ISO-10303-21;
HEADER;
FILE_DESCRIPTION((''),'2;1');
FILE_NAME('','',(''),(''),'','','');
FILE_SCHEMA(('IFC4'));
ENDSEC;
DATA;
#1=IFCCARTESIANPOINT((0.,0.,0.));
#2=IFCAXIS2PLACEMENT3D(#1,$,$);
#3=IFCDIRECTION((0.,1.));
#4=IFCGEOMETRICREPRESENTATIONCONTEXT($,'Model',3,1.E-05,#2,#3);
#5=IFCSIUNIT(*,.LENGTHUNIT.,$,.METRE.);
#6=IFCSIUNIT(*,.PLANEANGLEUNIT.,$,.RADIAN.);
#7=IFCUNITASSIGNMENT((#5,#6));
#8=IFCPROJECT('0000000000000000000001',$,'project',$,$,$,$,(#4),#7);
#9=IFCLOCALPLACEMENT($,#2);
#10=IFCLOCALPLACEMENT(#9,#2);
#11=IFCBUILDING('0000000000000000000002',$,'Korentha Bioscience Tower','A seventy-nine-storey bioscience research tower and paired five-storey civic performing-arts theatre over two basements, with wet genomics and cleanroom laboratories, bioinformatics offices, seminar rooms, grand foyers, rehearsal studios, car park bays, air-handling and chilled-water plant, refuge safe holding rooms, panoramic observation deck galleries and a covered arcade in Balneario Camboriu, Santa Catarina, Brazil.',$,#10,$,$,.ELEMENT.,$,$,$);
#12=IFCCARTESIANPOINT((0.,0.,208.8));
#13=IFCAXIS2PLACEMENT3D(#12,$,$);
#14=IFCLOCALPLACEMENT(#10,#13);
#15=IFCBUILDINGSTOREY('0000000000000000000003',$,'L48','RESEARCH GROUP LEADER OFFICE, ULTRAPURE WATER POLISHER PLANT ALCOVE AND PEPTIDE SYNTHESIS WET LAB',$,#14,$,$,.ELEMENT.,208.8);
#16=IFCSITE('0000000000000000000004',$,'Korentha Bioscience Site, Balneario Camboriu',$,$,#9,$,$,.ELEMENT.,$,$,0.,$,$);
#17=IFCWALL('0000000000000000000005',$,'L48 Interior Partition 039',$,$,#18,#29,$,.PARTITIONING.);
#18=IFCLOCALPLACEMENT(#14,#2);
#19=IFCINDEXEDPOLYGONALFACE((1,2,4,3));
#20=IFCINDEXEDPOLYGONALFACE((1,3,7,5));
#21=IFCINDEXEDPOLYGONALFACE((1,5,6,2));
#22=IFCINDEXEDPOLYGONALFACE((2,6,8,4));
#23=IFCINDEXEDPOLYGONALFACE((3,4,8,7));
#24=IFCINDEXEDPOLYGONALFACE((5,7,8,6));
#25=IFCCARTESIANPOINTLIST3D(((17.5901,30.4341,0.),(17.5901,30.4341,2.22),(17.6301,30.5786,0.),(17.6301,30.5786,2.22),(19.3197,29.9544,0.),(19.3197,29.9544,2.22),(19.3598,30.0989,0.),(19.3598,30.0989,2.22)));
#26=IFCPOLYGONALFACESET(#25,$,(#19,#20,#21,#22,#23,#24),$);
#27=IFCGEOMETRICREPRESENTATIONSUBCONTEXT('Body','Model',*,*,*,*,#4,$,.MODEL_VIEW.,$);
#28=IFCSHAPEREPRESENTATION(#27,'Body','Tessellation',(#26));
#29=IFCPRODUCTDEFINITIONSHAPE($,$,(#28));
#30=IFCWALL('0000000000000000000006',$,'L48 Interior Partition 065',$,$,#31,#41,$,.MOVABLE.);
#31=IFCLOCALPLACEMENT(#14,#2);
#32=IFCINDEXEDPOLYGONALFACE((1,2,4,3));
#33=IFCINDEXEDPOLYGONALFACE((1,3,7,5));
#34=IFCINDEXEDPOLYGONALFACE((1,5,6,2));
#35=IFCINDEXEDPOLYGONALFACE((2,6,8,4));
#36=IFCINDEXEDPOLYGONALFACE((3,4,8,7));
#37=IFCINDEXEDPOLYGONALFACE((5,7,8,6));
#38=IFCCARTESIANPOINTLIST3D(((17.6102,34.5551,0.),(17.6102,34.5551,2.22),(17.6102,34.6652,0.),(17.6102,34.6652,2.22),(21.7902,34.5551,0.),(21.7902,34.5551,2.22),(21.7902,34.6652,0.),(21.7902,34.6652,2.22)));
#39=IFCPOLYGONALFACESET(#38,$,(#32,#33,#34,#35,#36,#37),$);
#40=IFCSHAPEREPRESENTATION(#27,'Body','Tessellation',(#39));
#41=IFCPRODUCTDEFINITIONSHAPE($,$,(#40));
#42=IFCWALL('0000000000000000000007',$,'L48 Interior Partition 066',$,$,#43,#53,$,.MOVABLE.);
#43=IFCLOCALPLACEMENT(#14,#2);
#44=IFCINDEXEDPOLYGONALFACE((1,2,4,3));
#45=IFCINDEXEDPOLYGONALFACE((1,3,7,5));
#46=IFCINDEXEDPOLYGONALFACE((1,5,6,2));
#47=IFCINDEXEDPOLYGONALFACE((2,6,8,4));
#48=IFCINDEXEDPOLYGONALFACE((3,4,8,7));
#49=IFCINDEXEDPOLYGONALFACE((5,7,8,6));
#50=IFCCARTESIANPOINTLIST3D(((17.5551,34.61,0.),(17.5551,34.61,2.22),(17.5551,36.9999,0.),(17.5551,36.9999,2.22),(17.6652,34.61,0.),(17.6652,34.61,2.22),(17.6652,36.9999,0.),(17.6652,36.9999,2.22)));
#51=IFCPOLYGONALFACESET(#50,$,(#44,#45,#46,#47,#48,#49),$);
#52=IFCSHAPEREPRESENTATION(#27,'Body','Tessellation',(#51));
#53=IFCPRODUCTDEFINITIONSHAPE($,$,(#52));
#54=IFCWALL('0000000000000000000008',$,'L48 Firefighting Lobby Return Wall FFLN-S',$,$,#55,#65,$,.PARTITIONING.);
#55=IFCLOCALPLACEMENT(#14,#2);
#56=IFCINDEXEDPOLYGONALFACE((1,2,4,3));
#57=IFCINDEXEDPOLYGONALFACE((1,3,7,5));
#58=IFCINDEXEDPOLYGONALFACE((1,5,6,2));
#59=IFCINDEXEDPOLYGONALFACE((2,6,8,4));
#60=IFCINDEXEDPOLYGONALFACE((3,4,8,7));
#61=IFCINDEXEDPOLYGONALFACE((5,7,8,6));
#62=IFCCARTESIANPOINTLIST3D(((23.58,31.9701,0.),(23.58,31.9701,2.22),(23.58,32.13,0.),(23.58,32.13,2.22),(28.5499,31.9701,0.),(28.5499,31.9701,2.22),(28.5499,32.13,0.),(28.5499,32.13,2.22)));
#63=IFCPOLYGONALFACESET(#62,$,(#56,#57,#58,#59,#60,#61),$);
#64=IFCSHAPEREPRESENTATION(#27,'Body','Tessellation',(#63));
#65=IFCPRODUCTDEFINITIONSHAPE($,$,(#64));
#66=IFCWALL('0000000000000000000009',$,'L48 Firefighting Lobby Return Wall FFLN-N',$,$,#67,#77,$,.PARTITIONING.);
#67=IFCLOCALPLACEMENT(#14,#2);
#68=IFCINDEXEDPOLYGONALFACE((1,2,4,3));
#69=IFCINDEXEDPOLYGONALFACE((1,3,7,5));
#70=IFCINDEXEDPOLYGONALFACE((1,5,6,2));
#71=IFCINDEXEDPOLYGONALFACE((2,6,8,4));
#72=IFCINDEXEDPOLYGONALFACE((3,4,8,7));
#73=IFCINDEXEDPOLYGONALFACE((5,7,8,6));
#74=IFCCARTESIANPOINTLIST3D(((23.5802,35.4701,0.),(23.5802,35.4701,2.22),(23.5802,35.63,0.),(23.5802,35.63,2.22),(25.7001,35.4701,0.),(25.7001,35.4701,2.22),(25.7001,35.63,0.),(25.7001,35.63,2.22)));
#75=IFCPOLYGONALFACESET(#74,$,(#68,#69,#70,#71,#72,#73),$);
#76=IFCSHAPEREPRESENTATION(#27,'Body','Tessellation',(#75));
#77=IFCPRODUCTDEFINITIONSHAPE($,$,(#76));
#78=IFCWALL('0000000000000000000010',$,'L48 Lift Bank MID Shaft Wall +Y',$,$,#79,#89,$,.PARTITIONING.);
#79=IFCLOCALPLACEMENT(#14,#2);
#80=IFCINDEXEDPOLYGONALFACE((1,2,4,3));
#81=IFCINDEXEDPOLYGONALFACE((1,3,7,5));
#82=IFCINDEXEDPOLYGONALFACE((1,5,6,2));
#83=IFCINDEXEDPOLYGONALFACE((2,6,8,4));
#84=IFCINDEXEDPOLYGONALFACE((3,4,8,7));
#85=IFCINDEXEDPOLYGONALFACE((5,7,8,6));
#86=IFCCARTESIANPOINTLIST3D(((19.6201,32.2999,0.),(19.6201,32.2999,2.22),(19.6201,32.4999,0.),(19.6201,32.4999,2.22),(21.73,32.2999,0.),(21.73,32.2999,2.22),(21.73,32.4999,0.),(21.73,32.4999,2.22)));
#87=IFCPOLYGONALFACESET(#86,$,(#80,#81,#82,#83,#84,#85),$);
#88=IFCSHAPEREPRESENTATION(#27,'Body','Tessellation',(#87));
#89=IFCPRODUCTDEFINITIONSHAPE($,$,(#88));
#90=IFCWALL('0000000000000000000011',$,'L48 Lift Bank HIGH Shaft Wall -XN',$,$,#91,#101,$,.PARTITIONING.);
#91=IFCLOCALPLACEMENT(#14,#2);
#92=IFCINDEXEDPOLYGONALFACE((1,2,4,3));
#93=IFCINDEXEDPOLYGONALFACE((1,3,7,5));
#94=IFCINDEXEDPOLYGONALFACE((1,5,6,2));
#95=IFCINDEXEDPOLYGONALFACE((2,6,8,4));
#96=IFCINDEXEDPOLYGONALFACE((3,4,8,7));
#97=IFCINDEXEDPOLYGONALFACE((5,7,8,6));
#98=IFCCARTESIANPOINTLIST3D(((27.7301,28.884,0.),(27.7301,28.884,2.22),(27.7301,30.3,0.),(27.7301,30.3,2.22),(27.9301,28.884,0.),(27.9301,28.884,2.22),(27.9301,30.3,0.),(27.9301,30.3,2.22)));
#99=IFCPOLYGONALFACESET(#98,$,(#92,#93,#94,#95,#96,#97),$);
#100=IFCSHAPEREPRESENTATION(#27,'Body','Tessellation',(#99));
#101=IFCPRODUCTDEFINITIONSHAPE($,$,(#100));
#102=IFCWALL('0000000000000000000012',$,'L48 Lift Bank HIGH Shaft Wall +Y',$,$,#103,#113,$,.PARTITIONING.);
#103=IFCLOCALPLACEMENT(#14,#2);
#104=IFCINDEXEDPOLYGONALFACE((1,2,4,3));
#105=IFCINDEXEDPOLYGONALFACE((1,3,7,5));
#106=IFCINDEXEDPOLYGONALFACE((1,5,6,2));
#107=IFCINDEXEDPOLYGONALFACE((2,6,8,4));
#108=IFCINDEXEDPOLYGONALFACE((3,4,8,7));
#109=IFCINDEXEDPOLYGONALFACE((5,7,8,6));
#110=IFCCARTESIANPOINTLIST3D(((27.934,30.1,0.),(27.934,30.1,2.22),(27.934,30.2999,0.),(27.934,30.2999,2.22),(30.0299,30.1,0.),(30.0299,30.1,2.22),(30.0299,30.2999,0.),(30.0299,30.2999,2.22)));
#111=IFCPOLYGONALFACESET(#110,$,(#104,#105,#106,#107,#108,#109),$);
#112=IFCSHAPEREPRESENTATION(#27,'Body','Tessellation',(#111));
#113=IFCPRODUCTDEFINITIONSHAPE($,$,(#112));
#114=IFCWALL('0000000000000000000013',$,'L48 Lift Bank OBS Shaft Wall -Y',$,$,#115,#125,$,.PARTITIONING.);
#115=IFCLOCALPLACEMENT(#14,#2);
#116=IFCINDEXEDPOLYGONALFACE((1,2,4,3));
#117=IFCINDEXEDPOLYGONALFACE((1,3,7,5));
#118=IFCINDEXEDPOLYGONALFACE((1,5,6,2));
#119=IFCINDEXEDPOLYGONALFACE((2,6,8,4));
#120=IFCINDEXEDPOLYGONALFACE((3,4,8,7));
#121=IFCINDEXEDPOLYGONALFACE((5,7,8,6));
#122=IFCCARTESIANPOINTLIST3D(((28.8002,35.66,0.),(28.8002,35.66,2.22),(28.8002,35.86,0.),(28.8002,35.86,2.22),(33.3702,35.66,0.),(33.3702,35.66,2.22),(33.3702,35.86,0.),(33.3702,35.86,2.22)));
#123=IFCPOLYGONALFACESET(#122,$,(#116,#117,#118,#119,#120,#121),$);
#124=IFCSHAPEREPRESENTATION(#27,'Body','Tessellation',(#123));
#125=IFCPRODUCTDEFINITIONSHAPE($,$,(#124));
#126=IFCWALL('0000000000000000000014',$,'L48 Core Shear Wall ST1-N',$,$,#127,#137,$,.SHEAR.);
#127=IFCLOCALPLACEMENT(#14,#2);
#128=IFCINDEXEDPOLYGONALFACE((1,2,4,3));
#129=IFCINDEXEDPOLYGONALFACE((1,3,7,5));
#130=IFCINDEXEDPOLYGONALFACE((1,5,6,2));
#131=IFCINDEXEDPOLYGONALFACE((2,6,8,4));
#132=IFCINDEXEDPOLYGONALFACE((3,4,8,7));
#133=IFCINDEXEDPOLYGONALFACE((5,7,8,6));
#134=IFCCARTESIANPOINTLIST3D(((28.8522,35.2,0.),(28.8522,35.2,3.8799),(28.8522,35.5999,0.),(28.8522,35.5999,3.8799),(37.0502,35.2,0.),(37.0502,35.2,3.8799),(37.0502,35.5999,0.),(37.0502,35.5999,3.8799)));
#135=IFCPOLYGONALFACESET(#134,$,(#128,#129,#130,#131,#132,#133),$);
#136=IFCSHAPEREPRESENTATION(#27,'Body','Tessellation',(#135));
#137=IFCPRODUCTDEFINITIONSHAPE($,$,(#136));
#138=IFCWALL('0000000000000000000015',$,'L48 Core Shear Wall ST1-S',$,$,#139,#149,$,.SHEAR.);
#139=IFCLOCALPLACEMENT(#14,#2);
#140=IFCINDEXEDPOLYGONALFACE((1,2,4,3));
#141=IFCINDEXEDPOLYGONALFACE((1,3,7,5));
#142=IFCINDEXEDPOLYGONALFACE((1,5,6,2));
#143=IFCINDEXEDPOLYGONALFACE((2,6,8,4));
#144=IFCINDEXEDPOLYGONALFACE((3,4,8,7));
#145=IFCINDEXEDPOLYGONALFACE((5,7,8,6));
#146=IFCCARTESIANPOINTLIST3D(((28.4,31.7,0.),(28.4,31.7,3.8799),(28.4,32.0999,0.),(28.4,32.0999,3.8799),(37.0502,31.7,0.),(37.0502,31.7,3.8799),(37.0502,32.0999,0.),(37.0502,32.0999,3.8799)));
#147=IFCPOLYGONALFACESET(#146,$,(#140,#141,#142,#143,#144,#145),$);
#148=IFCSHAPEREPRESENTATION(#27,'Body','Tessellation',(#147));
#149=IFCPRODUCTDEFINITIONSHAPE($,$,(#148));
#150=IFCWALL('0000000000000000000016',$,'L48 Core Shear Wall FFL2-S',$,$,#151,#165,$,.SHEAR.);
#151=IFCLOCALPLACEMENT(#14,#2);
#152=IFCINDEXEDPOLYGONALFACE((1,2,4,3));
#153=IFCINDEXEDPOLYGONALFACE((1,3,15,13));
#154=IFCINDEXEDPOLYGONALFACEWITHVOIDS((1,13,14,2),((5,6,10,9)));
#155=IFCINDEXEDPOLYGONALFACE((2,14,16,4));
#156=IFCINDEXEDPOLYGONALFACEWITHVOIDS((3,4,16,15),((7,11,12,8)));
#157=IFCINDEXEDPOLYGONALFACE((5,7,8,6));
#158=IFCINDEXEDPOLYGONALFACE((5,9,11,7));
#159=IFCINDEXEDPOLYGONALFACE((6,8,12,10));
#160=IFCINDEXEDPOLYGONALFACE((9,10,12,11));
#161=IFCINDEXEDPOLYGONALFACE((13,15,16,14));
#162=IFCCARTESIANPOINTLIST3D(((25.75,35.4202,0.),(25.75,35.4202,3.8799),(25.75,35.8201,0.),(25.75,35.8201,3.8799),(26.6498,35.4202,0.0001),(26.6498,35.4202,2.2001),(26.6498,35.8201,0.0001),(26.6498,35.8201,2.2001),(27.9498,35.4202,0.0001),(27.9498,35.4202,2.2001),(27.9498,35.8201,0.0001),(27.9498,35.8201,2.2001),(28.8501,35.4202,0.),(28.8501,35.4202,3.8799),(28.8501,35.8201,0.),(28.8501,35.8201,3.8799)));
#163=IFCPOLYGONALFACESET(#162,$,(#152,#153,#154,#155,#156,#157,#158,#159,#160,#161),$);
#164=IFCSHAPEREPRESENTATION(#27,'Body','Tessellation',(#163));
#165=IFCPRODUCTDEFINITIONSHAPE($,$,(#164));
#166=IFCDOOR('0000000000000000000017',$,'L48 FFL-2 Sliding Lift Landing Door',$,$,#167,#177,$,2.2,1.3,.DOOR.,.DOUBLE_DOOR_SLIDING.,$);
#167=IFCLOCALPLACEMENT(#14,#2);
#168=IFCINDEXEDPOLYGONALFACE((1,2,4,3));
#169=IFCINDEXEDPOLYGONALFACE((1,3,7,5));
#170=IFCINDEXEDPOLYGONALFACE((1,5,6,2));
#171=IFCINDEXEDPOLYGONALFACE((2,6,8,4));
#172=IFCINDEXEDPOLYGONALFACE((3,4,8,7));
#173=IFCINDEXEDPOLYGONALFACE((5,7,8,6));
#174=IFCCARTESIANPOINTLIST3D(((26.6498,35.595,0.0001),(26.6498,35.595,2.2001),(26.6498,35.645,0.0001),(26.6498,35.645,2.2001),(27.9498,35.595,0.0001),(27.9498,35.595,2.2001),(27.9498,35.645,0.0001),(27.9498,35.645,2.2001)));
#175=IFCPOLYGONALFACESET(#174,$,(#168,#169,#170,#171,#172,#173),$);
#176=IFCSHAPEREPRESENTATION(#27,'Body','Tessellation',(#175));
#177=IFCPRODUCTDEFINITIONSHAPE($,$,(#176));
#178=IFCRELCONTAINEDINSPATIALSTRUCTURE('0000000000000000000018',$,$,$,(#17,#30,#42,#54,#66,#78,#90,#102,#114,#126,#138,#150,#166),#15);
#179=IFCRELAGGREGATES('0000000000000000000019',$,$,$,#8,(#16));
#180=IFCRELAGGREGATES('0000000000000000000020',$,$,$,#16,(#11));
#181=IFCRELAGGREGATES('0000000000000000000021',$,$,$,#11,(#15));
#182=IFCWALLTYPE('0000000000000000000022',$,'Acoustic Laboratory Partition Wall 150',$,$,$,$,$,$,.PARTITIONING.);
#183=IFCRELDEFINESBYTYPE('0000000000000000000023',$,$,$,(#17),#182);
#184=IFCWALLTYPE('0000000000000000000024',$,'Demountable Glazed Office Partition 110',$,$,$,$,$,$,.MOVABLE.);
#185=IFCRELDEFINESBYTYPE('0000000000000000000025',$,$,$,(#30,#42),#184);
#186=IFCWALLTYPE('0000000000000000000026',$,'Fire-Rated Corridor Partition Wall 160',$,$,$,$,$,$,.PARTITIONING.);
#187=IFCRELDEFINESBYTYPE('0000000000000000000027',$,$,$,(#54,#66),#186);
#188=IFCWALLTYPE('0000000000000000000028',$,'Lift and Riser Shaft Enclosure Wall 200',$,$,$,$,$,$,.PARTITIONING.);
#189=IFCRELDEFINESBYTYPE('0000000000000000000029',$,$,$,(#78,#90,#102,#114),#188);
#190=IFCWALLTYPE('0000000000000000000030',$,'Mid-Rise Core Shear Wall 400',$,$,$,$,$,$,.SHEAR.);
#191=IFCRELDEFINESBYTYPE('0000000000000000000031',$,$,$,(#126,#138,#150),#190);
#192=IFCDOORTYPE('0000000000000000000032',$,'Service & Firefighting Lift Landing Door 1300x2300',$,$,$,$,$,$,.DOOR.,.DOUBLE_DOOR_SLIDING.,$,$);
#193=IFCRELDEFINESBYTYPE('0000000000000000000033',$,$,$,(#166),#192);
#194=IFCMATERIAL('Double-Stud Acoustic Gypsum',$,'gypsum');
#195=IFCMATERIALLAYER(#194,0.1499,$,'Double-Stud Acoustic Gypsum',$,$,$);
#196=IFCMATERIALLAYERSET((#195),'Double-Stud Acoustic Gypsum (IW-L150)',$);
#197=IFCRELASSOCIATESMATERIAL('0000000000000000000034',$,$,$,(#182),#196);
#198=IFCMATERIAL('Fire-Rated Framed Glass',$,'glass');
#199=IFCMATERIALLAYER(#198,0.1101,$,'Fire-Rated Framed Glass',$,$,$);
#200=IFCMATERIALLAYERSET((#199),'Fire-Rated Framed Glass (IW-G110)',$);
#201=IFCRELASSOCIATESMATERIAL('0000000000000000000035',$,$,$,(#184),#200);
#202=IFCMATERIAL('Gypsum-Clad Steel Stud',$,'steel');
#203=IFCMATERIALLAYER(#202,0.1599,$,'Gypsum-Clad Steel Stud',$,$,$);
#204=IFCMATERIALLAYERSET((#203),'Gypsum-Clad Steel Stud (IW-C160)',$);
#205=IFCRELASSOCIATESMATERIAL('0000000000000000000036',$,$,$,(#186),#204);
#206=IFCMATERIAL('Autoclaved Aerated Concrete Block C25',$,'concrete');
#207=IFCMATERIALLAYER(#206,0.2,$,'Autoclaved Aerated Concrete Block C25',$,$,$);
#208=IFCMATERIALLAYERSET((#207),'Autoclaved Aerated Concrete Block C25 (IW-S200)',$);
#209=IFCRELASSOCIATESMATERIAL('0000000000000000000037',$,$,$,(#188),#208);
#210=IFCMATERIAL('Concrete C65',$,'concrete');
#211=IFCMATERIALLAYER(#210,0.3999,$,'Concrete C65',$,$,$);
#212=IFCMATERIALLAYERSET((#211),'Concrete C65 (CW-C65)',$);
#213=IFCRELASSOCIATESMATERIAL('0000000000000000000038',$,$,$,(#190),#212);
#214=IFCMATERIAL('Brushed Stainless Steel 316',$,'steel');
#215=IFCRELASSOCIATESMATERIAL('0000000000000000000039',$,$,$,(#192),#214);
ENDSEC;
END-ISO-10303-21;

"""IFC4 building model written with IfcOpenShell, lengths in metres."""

from ifc_helpers import new_model, si_unit, direction, frame, frame_2d, origin, place, context, subcontext, project, spatial, rectangle, extrude, material, layer, layer_set, type_object, element, fill, save


model = new_model("IFC4")

# Units and contexts
model_context = context("Model", 3, precision=1e-05, world=origin(), true_north=direction((0.0, 1.0)))
body_context = subcontext(model_context, "Body", "Model", "MODEL_VIEW")
ifc_project = project(units=[si_unit("LENGTHUNIT", "METRE"), si_unit("PLANEANGLEUNIT", "RADIAN")], contexts=[model_context])

# Site, building, storey
site_placement = place(None, origin())
site = spatial("IfcSite", under=ifc_project, at=site_placement, Name="Korentha Bioscience Site, Balneario Camboriu", CompositionType="ELEMENT", RefElevation=0.0)
building_placement = place(site_placement, origin())
building = spatial("IfcBuilding", under=site, at=building_placement, Name="Korentha Bioscience Tower", Description="A seventy-nine-storey bioscience research tower and paired five-storey civic performing-arts theatre over two basements, with wet genomics and cleanroom laboratories, bioinformatics offices, seminar rooms, grand foyers, rehearsal studios, car park bays, air-handling and chilled-water plant, refuge safe holding rooms, panoramic observation deck galleries and a covered arcade in Balneario Camboriu, Santa Catarina, Brazil.", CompositionType="ELEMENT")
storey_placement = place(building_placement, frame((0.0, 0.0, 208.8)))
storey = spatial("IfcBuildingStorey", under=building, at=storey_placement, Name="L48", Description="RESEARCH GROUP LEADER OFFICE, ULTRAPURE WATER POLISHER PLANT ALCOVE AND PEPTIDE SYNTHESIS WET LAB", CompositionType="ELEMENT", Elevation=208.8)

# Shared definitions
ifc_material_1 = material(Name="Concrete C65", Category="concrete")

# Walls
ifc_material_2 = material(Name="Double-Stud Acoustic Gypsum", Category="gypsum")
ifc_layer_1 = layer(ifc_material_2, 0.1499, Name="Double-Stud Acoustic Gypsum")
ifc_layer_set_1 = layer_set([ifc_layer_1], Name="Double-Stud Acoustic Gypsum (IW-L150)")
wall_type_1 = type_object("IfcWallType", Name="Acoustic Laboratory Partition Wall 150", PredefinedType="PARTITIONING", material=ifc_layer_set_1)
wall_1_placement = place(storey_placement, frame((17.6101, 30.5063, 0.0), z_axis=(0.0, 0.0, 1.0), x_axis=(0.963625, -0.267258, 0.0)))
element("IfcWall", 1, at=wall_1_placement, inside=storey, type_object=wall_type_1, Name="L48 Interior Partition 039", PredefinedType="PARTITIONING", context=body_context, shape_type="SweptSolid", body=[
    extrude(rectangle(XDim=1.7949, YDim=0.1499, at=frame_2d((0.8975, 0.0))), origin(), (0.0, 0.0, 1.0), 2.22),
])
ifc_material_3 = material(Name="Fire-Rated Framed Glass", Category="glass")
ifc_layer_2 = layer(ifc_material_3, 0.1101, Name="Fire-Rated Framed Glass")
ifc_layer_set_2 = layer_set([ifc_layer_2], Name="Fire-Rated Framed Glass (IW-G110)")
wall_type_2 = type_object("IfcWallType", Name="Demountable Glazed Office Partition 110", PredefinedType="MOVABLE", material=ifc_layer_set_2)
wall_2_placement = place(storey_placement, frame((21.79, 34.6101, 0.0), z_axis=(0.0, 0.0, 1.0), x_axis=(-1.0, 0.0, 0.0)))
element("IfcWall", 2, at=wall_2_placement, inside=storey, type_object=wall_type_2, Name="L48 Interior Partition 065", PredefinedType="MOVABLE", context=body_context, shape_type="SweptSolid", body=[
    extrude(rectangle(XDim=4.1799, YDim=0.1101, at=frame_2d((2.0898, 0.0))), origin(), (0.0, 0.0, 1.0), 2.22),
])
wall_3_placement = place(storey_placement, frame((17.6101, 34.6101, 0.0), z_axis=(0.0, 0.0, 1.0), x_axis=(0.0, 1.0, 0.0)))
element("IfcWall", 3, at=wall_3_placement, inside=storey, type_object=wall_type_2, Name="L48 Interior Partition 066", PredefinedType="MOVABLE", context=body_context, shape_type="SweptSolid", body=[
    extrude(rectangle(XDim=2.3899, YDim=0.1101, at=frame_2d((1.1948, 0.0))), origin(), (0.0, 0.0, 1.0), 2.22),
])

# Shared definitions
ifc_material_4 = material(Name="Gypsum-Clad Steel Stud", Category="steel")
ifc_layer_3 = layer(ifc_material_4, 0.1599, Name="Gypsum-Clad Steel Stud")
ifc_layer_set_3 = layer_set([ifc_layer_3], Name="Gypsum-Clad Steel Stud (IW-C160)")
wall_type_3 = type_object("IfcWallType", Name="Fire-Rated Corridor Partition Wall 160", PredefinedType="PARTITIONING", material=ifc_layer_set_3)

# Walls
wall_4_placement = place(storey_placement, frame((23.5801, 32.05, 0.0), z_axis=(0.0, 0.0, 1.0), x_axis=(1.0, 0.0, 0.0)))
element("IfcWall", 4, at=wall_4_placement, inside=storey, type_object=wall_type_3, Name="L48 Firefighting Lobby Return Wall FFLN-S", PredefinedType="PARTITIONING", context=body_context, shape_type="SweptSolid", body=[
    extrude(rectangle(XDim=4.97, YDim=0.1599, at=frame_2d((2.4849, 0.0))), origin(), (0.0, 0.0, 1.0), 2.22),
])
wall_5_placement = place(storey_placement, frame((23.5801, 35.55, 0.0), z_axis=(0.0, 0.0, 1.0), x_axis=(1.0, 0.0, 0.0)))
element("IfcWall", 5, at=wall_5_placement, inside=storey, type_object=wall_type_3, Name="L48 Firefighting Lobby Return Wall FFLN-N", PredefinedType="PARTITIONING", context=body_context, shape_type="SweptSolid", body=[
    extrude(rectangle(XDim=2.1199, YDim=0.1599, at=frame_2d((1.0601, 0.0))), origin(), (0.0, 0.0, 1.0), 2.22),
])
ifc_material_5 = material(Name="Autoclaved Aerated Concrete Block C25", Category="concrete")
ifc_layer_4 = layer(ifc_material_5, 0.2, Name="Autoclaved Aerated Concrete Block C25")
ifc_layer_set_4 = layer_set([ifc_layer_4], Name="Autoclaved Aerated Concrete Block C25 (IW-S200)")
wall_type_4 = type_object("IfcWallType", Name="Lift and Riser Shaft Enclosure Wall 200", PredefinedType="PARTITIONING", material=ifc_layer_set_4)
wall_6_placement = place(storey_placement, frame((19.6201, 32.3999, 0.0), z_axis=(0.0, 0.0, 1.0), x_axis=(1.0, 0.0, 0.0)))
element("IfcWall", 6, at=wall_6_placement, inside=storey, type_object=wall_type_4, Name="L48 Lift Bank MID Shaft Wall +Y", PredefinedType="PARTITIONING", context=body_context, shape_type="SweptSolid", body=[
    extrude(rectangle(XDim=2.1099, YDim=0.2, at=frame_2d((1.0549, 0.0))), origin(), (0.0, 0.0, 1.0), 2.22),
])
wall_7_placement = place(storey_placement, frame((27.8301, 28.884, 0.0), z_axis=(0.0, 0.0, 1.0), x_axis=(0.0, 1.0, 0.0)))
element("IfcWall", 7, at=wall_7_placement, inside=storey, type_object=wall_type_4, Name="L48 Lift Bank HIGH Shaft Wall -XN", PredefinedType="PARTITIONING", context=body_context, shape_type="SweptSolid", body=[
    extrude(rectangle(XDim=1.416, YDim=0.2, at=frame_2d((0.708, 0.0))), origin(), (0.0, 0.0, 1.0), 2.22),
])
wall_8_placement = place(storey_placement, frame((27.9341, 30.2, 0.0), z_axis=(0.0, 0.0, 1.0), x_axis=(1.0, 0.0, 0.0)))
element("IfcWall", 8, at=wall_8_placement, inside=storey, type_object=wall_type_4, Name="L48 Lift Bank HIGH Shaft Wall +Y", PredefinedType="PARTITIONING", context=body_context, shape_type="SweptSolid", body=[
    extrude(rectangle(XDim=2.0959, YDim=0.2, at=frame_2d((1.0479, 0.0))), origin(), (0.0, 0.0, 1.0), 2.22),
])
wall_9_placement = place(storey_placement, frame((28.8, 35.76, 0.0), z_axis=(0.0, 0.0, 1.0), x_axis=(1.0, 0.0, 0.0)))
element("IfcWall", 9, at=wall_9_placement, inside=storey, type_object=wall_type_4, Name="L48 Lift Bank OBS Shaft Wall -Y", PredefinedType="PARTITIONING", context=body_context, shape_type="SweptSolid", body=[
    extrude(rectangle(XDim=4.5701, YDim=0.2, at=frame_2d((2.2852, 0.0))), origin(), (0.0, 0.0, 1.0), 2.22),
])
ifc_layer_5 = layer(ifc_material_1, 0.3999, Name="Concrete C65")
ifc_layer_set_5 = layer_set([ifc_layer_5], Name="Concrete C65 (CW-C65)")
wall_type_5 = type_object("IfcWallType", Name="Mid-Rise Core Shear Wall 400", PredefinedType="SHEAR", material=ifc_layer_set_5)
wall_10_placement = place(storey_placement, frame((28.8521, 35.3999, 0.0), z_axis=(0.0, 0.0, 1.0), x_axis=(1.0, 0.0, 0.0)))
element("IfcWall", 10, at=wall_10_placement, inside=storey, type_object=wall_type_5, Name="L48 Core Shear Wall ST1-N", PredefinedType="SHEAR", context=body_context, shape_type="SweptSolid", body=[
    extrude(rectangle(XDim=8.198, YDim=0.3999, at=frame_2d((4.0991, 0.0))), origin(), (0.0, 0.0, 1.0), 3.8799),
])
wall_11_placement = place(storey_placement, frame((28.3999, 31.8999, 0.0), z_axis=(0.0, 0.0, 1.0), x_axis=(1.0, 0.0, 0.0)))
element("IfcWall", 11, at=wall_11_placement, inside=storey, type_object=wall_type_5, Name="L48 Core Shear Wall ST1-S", PredefinedType="SHEAR", context=body_context, shape_type="SweptSolid", body=[
    extrude(rectangle(XDim=8.6501, YDim=0.3999, at=frame_2d((4.3252, 0.0))), origin(), (0.0, 0.0, 1.0), 3.8799),
])

# Wall, opening, door
wall_12_placement = place(storey_placement, frame((25.75, 35.6201, 0.0), z_axis=(0.0, 0.0, 1.0), x_axis=(1.0, 0.0, 0.0)))
wall_12 = element("IfcWall", 12, at=wall_12_placement, inside=storey, type_object=wall_type_5, Name="L48 Core Shear Wall FFL2-S", PredefinedType="SHEAR", context=body_context, shape_type="SweptSolid", body=[
    extrude(rectangle(XDim=3.1001, YDim=0.3999, at=frame_2d((1.55, 0.0))), origin(), (0.0, 0.0, 1.0), 3.8799),
])
opening_1_placement = place(wall_12_placement, frame((0.8999, 0.0, 0.0)))
opening_1 = element("IfcOpeningElement", 13, at=opening_1_placement, cuts=wall_12, PredefinedType="OPENING", context=body_context, shape_type="SweptSolid", body=[
    extrude(rectangle(XDim=1.3, YDim=2.2, at=frame_2d((0.6499, 1.1001))), frame((0.0, 0.2148, 0.0), z_axis=(0.0, -1.0, 0.0), x_axis=(1.0, 0.0, 0.0)), (0.0, 0.0, 1.0), 0.4297),
])
ifc_material_6 = material(Name="Brushed Stainless Steel 316", Category="steel")
door_type_1 = type_object("IfcDoorType", Name="Service & Firefighting Lift Landing Door 1300x2300", OperationType="DOUBLE_DOOR_SLIDING", PredefinedType="DOOR", material=ifc_material_6)
door_1_placement = place(opening_1_placement, origin())
door_1 = element("IfcDoor", 14, at=door_1_placement, inside=storey, type_object=door_type_1, Name="L48 FFL-2 Sliding Lift Landing Door", OperationType="DOUBLE_DOOR_SLIDING", OverallHeight=2.2, OverallWidth=1.3, PredefinedType="DOOR", context=body_context, shape_type="SweptSolid", body=[
    extrude(rectangle(XDim=1.3, YDim=2.2, at=frame_2d((0.6499, 1.1001))), frame((0.0, 0.0249, 0.0), z_axis=(0.0, -1.0, 0.0), x_axis=(1.0, 0.0, 0.0)), (0.0, 0.0, 1.0), 0.05),
])
fill(opening_1, door_1)

save(model, "model.ifc")
